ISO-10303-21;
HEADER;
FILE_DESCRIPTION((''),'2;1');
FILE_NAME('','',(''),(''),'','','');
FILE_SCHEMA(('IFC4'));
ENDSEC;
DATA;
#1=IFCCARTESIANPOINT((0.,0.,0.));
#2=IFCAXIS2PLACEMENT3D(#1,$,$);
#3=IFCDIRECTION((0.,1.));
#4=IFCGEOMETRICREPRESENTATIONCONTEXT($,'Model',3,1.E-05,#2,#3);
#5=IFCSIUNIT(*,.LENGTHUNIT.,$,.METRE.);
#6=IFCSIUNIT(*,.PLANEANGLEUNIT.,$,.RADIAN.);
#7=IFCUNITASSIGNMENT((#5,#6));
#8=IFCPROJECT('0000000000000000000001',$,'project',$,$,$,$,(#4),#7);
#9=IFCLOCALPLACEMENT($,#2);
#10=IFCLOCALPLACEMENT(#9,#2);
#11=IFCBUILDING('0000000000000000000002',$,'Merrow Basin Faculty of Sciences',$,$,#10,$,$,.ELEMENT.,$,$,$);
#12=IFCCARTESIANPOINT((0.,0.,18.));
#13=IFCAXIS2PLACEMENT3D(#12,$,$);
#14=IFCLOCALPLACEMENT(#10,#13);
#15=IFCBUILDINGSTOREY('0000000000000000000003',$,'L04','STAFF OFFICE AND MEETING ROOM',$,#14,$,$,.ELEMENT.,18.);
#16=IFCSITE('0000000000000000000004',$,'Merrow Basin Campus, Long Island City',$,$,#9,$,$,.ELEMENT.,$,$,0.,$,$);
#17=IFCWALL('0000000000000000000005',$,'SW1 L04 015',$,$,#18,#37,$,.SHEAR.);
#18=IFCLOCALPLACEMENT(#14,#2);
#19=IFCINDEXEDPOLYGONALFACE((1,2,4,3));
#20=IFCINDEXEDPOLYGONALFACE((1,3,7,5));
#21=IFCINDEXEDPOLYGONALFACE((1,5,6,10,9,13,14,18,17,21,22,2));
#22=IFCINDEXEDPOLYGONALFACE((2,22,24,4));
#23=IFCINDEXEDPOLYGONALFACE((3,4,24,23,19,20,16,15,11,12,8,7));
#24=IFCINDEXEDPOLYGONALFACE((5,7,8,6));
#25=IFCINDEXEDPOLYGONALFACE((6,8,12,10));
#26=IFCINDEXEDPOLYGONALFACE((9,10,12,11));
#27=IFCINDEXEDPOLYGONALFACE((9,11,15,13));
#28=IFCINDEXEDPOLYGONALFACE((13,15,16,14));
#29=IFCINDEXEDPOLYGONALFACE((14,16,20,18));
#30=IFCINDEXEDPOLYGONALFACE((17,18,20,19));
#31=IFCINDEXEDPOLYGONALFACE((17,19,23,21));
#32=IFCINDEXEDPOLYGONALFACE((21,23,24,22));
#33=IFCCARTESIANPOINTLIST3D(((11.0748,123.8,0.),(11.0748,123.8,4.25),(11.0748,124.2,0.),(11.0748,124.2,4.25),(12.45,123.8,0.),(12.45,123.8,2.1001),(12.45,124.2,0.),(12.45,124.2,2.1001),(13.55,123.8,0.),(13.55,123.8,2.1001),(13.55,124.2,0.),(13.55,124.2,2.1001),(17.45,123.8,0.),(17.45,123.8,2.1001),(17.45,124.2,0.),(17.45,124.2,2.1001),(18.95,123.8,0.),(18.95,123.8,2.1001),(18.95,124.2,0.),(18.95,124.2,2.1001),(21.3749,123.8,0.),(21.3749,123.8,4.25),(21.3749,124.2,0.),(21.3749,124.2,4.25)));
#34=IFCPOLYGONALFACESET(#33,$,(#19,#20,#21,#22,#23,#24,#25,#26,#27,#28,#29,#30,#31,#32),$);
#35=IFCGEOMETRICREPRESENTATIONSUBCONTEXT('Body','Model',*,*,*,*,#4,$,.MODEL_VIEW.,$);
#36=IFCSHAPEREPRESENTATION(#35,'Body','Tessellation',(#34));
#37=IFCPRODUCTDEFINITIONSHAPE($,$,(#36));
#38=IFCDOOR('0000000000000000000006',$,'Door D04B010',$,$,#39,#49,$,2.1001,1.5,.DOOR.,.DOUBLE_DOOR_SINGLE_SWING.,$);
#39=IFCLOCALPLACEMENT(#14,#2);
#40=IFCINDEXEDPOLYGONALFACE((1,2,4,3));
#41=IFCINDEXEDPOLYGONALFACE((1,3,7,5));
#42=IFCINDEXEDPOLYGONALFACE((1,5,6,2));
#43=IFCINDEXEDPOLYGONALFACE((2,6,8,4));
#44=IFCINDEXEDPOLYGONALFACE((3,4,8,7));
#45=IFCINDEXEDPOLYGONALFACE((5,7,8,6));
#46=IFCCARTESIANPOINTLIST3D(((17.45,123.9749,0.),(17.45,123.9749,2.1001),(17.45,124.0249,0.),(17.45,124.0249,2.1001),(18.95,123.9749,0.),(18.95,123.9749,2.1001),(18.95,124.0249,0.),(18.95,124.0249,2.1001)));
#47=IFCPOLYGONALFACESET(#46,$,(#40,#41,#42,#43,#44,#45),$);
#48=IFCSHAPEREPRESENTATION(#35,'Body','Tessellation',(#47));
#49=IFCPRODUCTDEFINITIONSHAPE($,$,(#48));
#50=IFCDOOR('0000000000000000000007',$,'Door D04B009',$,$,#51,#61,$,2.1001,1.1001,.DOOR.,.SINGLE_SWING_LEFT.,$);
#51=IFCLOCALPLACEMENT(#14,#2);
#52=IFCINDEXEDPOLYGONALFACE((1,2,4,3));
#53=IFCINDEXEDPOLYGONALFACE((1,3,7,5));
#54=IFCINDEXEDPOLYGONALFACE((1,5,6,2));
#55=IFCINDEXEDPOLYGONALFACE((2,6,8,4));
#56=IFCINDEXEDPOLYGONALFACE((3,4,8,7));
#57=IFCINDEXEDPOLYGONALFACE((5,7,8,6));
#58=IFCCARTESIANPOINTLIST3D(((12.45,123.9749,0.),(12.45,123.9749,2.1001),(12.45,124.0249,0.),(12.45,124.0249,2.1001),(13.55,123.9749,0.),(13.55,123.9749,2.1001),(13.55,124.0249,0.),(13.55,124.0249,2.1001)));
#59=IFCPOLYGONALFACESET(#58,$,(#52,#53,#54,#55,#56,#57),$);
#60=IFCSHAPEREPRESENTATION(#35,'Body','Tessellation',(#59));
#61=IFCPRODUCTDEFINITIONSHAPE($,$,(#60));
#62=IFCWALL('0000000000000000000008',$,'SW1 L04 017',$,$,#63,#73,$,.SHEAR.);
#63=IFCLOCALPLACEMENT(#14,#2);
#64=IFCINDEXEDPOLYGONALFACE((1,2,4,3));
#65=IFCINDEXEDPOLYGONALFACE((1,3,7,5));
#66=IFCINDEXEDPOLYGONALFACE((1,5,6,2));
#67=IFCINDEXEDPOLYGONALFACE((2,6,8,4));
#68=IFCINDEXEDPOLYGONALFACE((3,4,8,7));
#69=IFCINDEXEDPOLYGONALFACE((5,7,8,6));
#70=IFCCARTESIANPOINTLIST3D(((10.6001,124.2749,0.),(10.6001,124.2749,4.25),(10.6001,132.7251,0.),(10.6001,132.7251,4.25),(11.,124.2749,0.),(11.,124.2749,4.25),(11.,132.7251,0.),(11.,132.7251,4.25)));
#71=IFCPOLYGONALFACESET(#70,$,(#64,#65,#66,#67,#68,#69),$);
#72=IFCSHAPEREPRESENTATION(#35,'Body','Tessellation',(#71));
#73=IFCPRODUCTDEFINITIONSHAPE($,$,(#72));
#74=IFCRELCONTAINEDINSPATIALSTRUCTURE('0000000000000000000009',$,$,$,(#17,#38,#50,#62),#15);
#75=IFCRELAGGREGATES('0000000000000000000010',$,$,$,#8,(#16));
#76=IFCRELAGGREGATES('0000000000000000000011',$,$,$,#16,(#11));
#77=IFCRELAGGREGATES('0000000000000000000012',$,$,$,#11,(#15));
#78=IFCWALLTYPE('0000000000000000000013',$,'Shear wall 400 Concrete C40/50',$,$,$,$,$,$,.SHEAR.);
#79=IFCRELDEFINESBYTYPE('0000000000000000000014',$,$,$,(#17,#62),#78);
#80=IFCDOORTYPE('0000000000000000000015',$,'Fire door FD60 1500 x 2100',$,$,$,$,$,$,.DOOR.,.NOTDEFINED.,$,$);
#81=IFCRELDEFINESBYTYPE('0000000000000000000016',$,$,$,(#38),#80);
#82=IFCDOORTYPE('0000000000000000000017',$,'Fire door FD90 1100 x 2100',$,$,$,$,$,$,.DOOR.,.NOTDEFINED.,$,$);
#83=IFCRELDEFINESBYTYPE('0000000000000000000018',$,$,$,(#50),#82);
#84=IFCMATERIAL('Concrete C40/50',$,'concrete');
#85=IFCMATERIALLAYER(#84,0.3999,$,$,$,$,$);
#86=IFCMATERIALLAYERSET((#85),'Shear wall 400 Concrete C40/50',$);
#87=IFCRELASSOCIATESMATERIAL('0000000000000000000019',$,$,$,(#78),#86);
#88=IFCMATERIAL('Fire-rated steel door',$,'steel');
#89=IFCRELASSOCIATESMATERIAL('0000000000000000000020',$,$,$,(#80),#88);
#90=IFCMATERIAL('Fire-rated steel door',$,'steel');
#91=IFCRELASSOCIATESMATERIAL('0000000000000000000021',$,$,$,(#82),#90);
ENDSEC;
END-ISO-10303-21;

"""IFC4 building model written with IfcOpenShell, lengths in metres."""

from ifc_helpers import new_model, si_unit, direction, frame, frame_2d, origin, place, context, subcontext, project, spatial, rectangle, extrude, material, layer, layer_set, type_object, element, fill, save


model = new_model("IFC4")

# Units and contexts
model_context = context("Model", 3, precision=1e-05, world=origin(), true_north=direction((0.0, 1.0)))
body_context = subcontext(model_context, "Body", "Model", "MODEL_VIEW")
ifc_project = project(units=[si_unit("LENGTHUNIT", "METRE"), si_unit("PLANEANGLEUNIT", "RADIAN")], contexts=[model_context])

# Site, building, storey
site_placement = place(None, origin())
site = spatial("IfcSite", under=ifc_project, at=site_placement, Name="Merrow Basin Campus, Long Island City", CompositionType="ELEMENT", RefElevation=0.0)
building_placement = place(site_placement, origin())
building = spatial("IfcBuilding", under=site, at=building_placement, Name="Merrow Basin Faculty of Sciences", CompositionType="ELEMENT")
storey_placement = place(building_placement, frame((0.0, 0.0, 18.0)))
storey = spatial("IfcBuildingStorey", under=building, at=storey_placement, Name="L04", Description="STAFF OFFICE AND MEETING ROOM", CompositionType="ELEMENT", Elevation=18.0)

# Wall, openings, doors
ifc_material_1 = material(Name="Concrete C40/50", Category="concrete")
ifc_layer_1 = layer(ifc_material_1, 0.3999)
ifc_layer_set_1 = layer_set([ifc_layer_1], Name="Shear wall 400 Concrete C40/50")
wall_type_1 = type_object("IfcWallType", Name="Shear wall 400 Concrete C40/50", PredefinedType="SHEAR", material=ifc_layer_set_1)
wall_1_placement = place(storey_placement, frame((11.075, 124.0, 0.0), z_axis=(0.0, 0.0, 1.0), x_axis=(1.0, 0.0, 0.0)))
wall_1 = element("IfcWall", 1, at=wall_1_placement, inside=storey, type_object=wall_type_1, Name="SW1 L04 015", PredefinedType="SHEAR", context=body_context, shape_type="SweptSolid", body=[
    extrude(rectangle(XDim=10.3, YDim=0.3999, at=frame_2d((5.1499, 0.0))), origin(), (0.0, 0.0, 1.0), 4.25),
])
opening_1_placement = place(wall_1_placement, frame((1.375, 0.0, 0.0)))
opening_1 = element("IfcOpeningElement", 2, at=opening_1_placement, cuts=wall_1, PredefinedType="OPENING", context=body_context, shape_type="SweptSolid", body=[
    extrude(rectangle(XDim=1.1001, YDim=2.1001, at=frame_2d((0.55, 1.05))), frame((0.0, 0.21, 0.0), z_axis=(0.0, -1.0, 0.0), x_axis=(1.0, 0.0, 0.0)), (0.0, 0.0, 1.0), 0.4199),
])
opening_2_placement = place(wall_1_placement, frame((6.375, 0.0, 0.0)))
opening_2 = element("IfcOpeningElement", 3, at=opening_2_placement, cuts=wall_1, PredefinedType="OPENING", context=body_context, shape_type="SweptSolid", body=[
    extrude(rectangle(XDim=1.5, YDim=2.1001, at=frame_2d((0.75, 1.05))), frame((0.0, 0.21, 0.0), z_axis=(0.0, -1.0, 0.0), x_axis=(1.0, 0.0, 0.0)), (0.0, 0.0, 1.0), 0.4199),
])
ifc_material_2 = material(Name="Fire-rated steel door", Category="steel")
door_type_1 = type_object("IfcDoorType", Name="Fire door FD60 1500 x 2100", OperationType="NOTDEFINED", PredefinedType="DOOR", material=ifc_material_2)
door_1_placement = place(opening_2_placement, origin())
door_1 = element("IfcDoor", 4, at=door_1_placement, inside=storey, type_object=door_type_1, Name="Door D04B010", OperationType="DOUBLE_DOOR_SINGLE_SWING", OverallHeight=2.1001, OverallWidth=1.5, PredefinedType="DOOR", context=body_context, shape_type="SweptSolid", body=[
    extrude(rectangle(XDim=1.5, YDim=2.1001, at=frame_2d((0.75, 1.05))), frame((0.0, 0.0249, 0.0), z_axis=(0.0, -1.0, 0.0), x_axis=(1.0, 0.0, 0.0)), (0.0, 0.0, 1.0), 0.05),
])
fill(opening_2, door_1)
ifc_material_3 = material(Name="Fire-rated steel door", Category="steel")
door_type_2 = type_object("IfcDoorType", Name="Fire door FD90 1100 x 2100", OperationType="NOTDEFINED", PredefinedType="DOOR", material=ifc_material_3)
door_2_placement = place(opening_1_placement, origin())
door_2 = element("IfcDoor", 5, at=door_2_placement, inside=storey, type_object=door_type_2, Name="Door D04B009", OperationType="SINGLE_SWING_LEFT", OverallHeight=2.1001, OverallWidth=1.1001, PredefinedType="DOOR", context=body_context, shape_type="SweptSolid", body=[
    extrude(rectangle(XDim=1.1001, YDim=2.1001, at=frame_2d((0.55, 1.05))), frame((0.0, 0.0249, 0.0), z_axis=(0.0, -1.0, 0.0), x_axis=(1.0, 0.0, 0.0)), (0.0, 0.0, 1.0), 0.05),
])
fill(opening_1, door_2)

# Wall
wall_2_placement = place(storey_placement, frame((10.8, 124.2749, 0.0), z_axis=(0.0, 0.0, 1.0), x_axis=(0.0, 1.0, 0.0)))
element("IfcWall", 6, at=wall_2_placement, inside=storey, type_object=wall_type_1, Name="SW1 L04 017", PredefinedType="SHEAR", context=body_context, shape_type="SweptSolid", body=[
    extrude(rectangle(XDim=8.4502, YDim=0.3999, at=frame_2d((4.2251, 0.0))), origin(), (0.0, 0.0, 1.0), 4.25),
])

save(model, "model.ifc")
